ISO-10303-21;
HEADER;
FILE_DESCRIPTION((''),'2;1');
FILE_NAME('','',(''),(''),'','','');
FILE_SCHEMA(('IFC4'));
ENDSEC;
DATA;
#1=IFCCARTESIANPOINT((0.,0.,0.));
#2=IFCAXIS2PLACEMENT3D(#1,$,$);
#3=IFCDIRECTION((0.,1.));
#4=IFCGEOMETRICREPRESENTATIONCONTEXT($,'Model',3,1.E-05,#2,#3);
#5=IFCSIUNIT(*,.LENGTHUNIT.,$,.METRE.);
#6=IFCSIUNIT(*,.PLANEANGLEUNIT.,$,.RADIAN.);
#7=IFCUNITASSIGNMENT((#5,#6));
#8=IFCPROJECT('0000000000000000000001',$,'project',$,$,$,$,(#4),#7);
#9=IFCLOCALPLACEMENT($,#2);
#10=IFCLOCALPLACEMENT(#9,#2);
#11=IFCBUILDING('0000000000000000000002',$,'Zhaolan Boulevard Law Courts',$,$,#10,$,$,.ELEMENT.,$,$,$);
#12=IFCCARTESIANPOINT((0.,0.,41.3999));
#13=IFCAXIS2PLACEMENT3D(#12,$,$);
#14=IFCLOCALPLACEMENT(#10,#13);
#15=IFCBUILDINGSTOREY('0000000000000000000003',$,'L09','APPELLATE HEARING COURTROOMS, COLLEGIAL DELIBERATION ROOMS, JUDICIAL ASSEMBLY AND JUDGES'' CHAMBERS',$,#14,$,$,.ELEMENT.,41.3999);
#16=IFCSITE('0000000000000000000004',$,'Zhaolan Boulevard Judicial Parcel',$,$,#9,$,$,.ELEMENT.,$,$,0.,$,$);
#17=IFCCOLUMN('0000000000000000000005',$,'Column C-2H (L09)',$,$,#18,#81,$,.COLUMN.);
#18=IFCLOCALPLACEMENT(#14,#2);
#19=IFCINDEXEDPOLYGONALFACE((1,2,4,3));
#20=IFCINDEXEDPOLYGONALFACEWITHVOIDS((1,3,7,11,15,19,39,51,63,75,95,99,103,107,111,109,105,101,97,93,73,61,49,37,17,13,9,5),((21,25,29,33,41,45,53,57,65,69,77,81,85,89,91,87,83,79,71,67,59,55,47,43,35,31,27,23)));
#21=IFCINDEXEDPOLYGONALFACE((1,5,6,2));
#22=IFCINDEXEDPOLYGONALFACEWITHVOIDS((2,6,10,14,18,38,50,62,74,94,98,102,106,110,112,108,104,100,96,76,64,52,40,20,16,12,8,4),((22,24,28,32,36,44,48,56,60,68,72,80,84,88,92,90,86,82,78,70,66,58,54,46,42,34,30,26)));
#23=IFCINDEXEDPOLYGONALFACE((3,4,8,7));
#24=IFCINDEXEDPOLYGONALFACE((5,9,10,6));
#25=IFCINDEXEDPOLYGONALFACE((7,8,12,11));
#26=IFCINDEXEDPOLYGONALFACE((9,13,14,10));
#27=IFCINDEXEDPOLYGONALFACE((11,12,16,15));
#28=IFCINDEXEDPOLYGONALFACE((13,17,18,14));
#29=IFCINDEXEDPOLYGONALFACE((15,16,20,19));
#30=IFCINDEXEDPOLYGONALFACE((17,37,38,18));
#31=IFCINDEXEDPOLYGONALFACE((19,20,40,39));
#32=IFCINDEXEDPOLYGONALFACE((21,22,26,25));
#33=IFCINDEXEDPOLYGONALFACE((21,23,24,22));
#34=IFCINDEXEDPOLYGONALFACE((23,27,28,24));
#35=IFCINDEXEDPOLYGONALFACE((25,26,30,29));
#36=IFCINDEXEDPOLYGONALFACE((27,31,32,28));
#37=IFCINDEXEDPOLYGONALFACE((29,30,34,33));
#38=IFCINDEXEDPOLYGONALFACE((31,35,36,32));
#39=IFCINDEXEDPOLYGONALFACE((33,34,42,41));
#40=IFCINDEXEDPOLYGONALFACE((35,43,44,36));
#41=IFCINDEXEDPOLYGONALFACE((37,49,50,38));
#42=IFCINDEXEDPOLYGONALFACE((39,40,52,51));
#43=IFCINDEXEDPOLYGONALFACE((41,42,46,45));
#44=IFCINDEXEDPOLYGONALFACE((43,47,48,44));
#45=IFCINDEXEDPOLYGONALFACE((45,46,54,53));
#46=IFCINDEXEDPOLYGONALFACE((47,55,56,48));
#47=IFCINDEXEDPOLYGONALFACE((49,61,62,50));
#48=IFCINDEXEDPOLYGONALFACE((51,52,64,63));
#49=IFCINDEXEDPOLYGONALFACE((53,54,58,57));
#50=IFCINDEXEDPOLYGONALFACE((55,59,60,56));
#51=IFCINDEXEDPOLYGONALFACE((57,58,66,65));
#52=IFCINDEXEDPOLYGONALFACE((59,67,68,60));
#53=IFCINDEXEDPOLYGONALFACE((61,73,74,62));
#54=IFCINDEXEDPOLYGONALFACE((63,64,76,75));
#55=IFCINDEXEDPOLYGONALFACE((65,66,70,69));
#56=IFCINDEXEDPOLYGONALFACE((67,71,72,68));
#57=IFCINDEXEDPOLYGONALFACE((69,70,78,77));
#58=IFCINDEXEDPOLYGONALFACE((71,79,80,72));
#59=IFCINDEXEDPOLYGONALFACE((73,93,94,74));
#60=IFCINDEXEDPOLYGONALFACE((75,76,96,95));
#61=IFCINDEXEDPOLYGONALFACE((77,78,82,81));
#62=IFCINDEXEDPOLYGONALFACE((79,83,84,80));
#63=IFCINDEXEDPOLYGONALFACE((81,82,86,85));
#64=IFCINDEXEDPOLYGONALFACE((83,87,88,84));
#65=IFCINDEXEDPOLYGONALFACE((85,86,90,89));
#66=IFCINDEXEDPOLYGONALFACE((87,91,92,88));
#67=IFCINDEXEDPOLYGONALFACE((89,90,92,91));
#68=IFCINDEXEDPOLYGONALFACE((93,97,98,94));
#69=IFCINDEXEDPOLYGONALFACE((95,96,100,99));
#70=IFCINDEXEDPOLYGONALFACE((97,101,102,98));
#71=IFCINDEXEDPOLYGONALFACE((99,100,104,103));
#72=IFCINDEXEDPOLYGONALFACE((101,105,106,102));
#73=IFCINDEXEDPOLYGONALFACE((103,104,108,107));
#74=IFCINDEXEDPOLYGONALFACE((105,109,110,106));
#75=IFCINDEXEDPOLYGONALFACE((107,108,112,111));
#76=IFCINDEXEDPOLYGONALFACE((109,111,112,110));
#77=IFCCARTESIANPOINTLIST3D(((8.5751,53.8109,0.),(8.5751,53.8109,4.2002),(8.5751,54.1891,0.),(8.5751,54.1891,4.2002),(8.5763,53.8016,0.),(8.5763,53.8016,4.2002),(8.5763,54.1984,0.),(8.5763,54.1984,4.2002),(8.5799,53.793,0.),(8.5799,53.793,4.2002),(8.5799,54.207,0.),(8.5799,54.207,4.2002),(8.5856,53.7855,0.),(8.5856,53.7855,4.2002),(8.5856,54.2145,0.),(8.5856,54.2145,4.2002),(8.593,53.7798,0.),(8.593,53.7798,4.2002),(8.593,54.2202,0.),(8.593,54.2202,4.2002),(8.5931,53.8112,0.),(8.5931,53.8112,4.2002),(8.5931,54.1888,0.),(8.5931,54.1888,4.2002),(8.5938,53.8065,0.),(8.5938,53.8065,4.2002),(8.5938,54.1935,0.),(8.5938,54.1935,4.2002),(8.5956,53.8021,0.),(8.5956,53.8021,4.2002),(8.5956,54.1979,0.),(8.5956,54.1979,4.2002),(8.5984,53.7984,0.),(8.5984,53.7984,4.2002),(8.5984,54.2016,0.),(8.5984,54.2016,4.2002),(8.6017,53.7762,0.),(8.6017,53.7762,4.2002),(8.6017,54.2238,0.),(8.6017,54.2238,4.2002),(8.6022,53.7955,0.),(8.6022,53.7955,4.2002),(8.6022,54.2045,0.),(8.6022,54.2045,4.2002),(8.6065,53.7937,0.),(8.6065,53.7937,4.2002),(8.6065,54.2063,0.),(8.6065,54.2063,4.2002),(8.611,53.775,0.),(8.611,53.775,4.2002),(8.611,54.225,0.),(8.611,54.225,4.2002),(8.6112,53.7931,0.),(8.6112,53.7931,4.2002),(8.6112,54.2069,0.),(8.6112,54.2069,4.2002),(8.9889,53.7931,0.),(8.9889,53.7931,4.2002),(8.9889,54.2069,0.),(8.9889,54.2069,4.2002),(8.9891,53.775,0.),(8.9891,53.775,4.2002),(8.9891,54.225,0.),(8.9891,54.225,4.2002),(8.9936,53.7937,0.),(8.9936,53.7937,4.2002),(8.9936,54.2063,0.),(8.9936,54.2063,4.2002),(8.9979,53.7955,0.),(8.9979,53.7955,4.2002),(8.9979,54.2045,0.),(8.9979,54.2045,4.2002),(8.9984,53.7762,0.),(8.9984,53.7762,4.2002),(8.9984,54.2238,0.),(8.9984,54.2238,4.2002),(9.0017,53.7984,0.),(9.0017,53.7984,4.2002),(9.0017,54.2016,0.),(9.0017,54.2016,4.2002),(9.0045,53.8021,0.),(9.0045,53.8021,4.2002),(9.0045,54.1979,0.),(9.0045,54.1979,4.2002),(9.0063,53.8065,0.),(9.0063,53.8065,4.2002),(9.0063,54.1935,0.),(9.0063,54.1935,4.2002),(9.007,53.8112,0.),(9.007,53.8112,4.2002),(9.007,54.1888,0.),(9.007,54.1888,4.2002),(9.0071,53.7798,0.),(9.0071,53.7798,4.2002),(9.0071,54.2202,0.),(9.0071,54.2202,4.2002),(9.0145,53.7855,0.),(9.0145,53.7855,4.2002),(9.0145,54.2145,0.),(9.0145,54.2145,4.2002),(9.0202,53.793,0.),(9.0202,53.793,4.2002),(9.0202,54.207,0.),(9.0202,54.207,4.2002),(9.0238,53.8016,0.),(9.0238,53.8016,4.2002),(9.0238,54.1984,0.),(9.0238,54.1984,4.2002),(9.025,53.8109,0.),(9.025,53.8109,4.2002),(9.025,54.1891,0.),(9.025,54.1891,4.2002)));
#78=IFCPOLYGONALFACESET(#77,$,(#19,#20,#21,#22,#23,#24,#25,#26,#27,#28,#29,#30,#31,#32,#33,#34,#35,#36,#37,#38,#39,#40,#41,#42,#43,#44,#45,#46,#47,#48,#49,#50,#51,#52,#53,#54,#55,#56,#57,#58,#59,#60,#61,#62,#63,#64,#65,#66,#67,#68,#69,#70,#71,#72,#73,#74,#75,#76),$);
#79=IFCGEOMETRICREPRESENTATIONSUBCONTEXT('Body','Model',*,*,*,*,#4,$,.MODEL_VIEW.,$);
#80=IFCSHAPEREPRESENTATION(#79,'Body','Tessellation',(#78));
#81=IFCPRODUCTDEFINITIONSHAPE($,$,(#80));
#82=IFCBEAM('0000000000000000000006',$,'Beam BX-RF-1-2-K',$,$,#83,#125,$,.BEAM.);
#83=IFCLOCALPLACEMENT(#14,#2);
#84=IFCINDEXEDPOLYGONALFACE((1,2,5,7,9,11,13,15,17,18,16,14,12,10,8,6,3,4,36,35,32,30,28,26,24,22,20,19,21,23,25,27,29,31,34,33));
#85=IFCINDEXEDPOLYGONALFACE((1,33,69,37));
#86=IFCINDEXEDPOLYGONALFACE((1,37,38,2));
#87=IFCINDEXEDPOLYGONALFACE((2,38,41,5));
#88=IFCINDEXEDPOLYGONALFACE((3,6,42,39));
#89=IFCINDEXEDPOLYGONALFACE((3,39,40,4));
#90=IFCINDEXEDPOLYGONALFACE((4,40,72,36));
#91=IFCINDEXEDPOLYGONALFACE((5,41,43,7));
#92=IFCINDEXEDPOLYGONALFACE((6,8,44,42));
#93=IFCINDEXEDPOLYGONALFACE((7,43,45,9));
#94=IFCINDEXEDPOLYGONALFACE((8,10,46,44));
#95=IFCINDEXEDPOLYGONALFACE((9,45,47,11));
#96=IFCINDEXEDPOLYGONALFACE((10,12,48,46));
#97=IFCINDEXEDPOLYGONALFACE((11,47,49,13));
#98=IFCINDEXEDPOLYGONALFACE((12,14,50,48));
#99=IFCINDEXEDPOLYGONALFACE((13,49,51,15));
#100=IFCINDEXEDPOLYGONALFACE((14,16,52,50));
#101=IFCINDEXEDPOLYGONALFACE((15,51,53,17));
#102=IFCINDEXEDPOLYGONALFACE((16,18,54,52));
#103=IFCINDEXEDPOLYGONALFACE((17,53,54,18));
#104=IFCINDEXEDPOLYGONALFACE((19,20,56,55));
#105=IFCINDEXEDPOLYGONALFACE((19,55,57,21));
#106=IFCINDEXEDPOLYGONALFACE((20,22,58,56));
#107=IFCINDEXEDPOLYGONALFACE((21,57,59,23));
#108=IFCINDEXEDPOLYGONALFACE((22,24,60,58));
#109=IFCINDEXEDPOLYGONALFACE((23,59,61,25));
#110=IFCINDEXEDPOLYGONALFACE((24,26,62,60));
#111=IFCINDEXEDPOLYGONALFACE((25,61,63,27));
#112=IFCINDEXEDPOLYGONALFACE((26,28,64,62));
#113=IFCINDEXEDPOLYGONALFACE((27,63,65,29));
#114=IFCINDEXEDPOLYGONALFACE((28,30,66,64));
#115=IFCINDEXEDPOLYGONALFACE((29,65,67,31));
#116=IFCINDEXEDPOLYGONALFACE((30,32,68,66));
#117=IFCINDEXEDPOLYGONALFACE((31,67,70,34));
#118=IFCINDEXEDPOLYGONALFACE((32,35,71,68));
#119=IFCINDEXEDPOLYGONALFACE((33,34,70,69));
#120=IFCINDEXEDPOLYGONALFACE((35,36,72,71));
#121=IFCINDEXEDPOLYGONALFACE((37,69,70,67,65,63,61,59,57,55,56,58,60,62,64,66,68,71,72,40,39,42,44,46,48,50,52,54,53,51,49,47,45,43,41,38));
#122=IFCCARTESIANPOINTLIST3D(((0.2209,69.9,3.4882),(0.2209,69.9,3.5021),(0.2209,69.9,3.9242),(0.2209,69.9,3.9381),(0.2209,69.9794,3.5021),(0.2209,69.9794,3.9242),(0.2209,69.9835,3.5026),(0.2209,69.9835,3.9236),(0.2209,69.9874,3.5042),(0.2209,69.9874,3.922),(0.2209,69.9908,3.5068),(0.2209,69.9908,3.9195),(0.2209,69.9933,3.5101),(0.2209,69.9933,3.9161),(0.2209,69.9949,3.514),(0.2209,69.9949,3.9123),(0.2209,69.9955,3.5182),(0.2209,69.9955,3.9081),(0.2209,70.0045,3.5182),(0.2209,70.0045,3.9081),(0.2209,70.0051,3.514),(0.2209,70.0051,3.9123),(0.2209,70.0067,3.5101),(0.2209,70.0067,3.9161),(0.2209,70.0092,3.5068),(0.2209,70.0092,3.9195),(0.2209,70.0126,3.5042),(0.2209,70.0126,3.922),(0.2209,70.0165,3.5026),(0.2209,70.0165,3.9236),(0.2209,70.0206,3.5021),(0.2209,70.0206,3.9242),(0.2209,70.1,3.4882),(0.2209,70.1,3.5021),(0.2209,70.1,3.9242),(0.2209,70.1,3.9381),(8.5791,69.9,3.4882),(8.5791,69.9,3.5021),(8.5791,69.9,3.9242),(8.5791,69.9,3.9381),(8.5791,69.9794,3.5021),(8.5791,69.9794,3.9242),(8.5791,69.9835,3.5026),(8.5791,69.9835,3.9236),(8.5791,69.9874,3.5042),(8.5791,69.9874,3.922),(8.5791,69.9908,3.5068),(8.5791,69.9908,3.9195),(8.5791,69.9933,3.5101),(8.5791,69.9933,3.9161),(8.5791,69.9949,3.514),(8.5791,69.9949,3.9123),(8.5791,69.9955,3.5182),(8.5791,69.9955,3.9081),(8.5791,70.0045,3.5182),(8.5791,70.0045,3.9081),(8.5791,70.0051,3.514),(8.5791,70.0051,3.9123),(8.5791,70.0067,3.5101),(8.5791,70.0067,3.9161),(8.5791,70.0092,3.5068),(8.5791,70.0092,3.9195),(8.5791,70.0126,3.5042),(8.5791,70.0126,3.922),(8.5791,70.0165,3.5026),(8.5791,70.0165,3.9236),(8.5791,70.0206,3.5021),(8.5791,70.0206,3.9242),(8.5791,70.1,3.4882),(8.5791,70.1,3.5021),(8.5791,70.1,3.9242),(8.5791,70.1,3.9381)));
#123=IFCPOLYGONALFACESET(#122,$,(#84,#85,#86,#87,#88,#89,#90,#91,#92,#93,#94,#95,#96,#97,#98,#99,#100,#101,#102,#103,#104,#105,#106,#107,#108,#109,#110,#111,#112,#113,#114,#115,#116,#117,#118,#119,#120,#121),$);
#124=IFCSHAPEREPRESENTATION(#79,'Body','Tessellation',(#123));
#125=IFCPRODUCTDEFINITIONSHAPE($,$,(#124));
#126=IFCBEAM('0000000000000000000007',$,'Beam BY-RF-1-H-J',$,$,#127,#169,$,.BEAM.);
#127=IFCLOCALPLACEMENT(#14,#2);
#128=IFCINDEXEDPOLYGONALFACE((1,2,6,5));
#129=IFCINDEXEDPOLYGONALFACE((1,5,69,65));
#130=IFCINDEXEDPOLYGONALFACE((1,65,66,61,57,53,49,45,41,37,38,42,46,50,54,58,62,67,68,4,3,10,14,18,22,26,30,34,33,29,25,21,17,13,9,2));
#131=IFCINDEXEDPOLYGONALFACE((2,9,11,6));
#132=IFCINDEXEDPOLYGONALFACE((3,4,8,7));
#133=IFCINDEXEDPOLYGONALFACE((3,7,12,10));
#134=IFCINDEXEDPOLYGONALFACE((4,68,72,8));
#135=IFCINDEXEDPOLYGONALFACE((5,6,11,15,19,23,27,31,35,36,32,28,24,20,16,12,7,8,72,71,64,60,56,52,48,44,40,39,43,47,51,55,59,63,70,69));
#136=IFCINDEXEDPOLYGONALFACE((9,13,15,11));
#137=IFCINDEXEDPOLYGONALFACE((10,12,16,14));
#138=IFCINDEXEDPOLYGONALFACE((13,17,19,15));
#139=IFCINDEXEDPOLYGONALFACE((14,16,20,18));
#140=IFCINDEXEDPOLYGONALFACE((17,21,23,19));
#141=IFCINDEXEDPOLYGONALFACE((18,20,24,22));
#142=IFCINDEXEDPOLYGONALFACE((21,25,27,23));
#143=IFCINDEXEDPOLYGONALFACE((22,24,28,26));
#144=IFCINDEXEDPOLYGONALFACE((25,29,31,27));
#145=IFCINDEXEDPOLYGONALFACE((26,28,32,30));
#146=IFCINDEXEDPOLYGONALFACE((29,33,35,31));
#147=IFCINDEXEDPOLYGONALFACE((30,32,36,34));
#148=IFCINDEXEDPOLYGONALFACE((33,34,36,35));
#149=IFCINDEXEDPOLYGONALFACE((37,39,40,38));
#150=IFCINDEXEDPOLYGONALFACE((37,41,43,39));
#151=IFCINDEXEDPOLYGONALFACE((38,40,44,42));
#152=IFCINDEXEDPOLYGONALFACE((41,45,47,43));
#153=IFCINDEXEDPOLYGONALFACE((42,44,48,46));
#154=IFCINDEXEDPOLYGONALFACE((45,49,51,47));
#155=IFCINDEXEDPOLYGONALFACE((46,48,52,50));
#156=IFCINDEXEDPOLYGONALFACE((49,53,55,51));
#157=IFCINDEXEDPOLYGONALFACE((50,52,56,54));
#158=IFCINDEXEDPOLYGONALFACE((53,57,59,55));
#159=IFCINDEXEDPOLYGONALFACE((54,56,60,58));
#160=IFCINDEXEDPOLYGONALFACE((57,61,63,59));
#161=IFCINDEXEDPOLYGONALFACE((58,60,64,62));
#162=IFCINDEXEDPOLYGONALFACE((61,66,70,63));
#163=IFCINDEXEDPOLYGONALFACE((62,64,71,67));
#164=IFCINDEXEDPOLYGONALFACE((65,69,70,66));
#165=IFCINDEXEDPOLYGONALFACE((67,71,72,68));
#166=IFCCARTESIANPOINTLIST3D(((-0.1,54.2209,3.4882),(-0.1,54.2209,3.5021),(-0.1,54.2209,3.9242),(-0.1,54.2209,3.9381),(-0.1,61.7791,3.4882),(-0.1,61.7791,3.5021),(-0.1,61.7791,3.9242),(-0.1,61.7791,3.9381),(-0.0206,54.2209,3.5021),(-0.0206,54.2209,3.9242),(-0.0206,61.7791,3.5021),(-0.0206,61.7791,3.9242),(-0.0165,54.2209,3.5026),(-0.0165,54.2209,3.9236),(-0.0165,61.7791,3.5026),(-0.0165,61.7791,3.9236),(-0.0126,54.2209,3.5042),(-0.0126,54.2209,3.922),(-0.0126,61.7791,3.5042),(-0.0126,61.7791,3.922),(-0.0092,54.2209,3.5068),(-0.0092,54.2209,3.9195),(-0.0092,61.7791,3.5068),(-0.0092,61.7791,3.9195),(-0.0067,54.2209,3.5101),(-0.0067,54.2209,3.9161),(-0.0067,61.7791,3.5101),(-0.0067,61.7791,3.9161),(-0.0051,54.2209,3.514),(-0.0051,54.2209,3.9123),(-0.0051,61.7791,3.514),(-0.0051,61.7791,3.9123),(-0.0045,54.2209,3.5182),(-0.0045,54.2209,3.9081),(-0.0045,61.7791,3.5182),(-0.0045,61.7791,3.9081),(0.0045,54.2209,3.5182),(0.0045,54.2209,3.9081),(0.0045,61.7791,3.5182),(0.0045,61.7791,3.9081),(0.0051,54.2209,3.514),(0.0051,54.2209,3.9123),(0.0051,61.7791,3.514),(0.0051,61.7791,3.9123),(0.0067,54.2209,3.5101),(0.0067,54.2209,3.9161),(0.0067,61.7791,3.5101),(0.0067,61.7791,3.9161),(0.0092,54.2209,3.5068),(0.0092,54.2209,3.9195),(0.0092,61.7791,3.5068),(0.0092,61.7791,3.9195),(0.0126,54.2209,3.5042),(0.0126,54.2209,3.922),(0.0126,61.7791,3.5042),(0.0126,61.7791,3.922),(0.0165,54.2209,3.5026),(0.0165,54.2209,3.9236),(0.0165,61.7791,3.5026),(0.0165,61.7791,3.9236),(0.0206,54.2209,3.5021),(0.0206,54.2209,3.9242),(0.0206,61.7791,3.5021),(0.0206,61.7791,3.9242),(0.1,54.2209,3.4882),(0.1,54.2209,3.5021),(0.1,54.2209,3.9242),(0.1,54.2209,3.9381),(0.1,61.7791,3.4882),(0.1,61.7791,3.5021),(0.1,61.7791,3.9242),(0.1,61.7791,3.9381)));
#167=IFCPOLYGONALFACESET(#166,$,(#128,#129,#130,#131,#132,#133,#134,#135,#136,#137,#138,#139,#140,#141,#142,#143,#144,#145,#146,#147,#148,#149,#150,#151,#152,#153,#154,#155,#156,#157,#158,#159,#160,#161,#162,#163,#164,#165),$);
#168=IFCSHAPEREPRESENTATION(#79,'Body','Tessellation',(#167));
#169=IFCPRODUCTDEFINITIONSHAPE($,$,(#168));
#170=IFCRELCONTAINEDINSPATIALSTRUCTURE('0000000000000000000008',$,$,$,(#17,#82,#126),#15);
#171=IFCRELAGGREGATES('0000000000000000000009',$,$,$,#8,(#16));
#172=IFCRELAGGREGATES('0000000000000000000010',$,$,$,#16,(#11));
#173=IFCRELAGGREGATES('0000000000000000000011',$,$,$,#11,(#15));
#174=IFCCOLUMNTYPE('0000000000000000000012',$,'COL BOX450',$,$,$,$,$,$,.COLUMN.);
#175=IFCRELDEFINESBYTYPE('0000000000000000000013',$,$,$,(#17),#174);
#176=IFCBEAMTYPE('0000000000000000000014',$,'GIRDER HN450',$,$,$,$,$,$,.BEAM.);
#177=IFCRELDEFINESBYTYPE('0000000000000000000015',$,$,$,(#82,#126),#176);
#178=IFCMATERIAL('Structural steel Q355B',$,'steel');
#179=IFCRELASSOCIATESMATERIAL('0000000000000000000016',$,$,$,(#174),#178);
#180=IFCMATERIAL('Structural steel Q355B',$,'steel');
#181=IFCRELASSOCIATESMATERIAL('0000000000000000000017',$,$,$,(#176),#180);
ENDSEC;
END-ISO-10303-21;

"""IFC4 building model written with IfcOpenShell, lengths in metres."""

from ifc_helpers import new_model, si_unit, direction, frame, origin, origin_2d, place, context, subcontext, project, spatial, hollow_rectangle, i_section, extrude, material, material_profile, profile_set, type_object, element, save


model = new_model("IFC4")

# Units and contexts
model_context = context("Model", 3, precision=1e-05, world=origin(), true_north=direction((0.0, 1.0)))
body_context = subcontext(model_context, "Body", "Model", "MODEL_VIEW")
ifc_project = project(units=[si_unit("LENGTHUNIT", "METRE"), si_unit("PLANEANGLEUNIT", "RADIAN")], contexts=[model_context])

# Site, building, storey
site_placement = place(None, origin())
site = spatial("IfcSite", under=ifc_project, at=site_placement, Name="Zhaolan Boulevard Judicial Parcel", CompositionType="ELEMENT", RefElevation=0.0)
building_placement = place(site_placement, origin())
building = spatial("IfcBuilding", under=site, at=building_placement, Name="Zhaolan Boulevard Law Courts", CompositionType="ELEMENT")
storey_placement = place(building_placement, frame((0.0, 0.0, 41.3999)))
storey = spatial("IfcBuildingStorey", under=building, at=storey_placement, Name="L09", Description="APPELLATE HEARING COURTROOMS, COLLEGIAL DELIBERATION ROOMS, JUDICIAL ASSEMBLY AND JUDGES' CHAMBERS", CompositionType="ELEMENT", Elevation=41.3999)

# Column
ifc_material_1 = material(Name="Structural steel Q355B", Category="steel")
ifc_material_profile_1 = material_profile(ifc_material_1, hollow_rectangle(XDim=0.45, YDim=0.45, WallThickness=0.0181, InnerFilletRadius=0.0181, OuterFilletRadius=0.0359, at=origin_2d()), Name="BOX450x450x18")
ifc_profile_set_1 = profile_set([ifc_material_profile_1], Name="Structural steel Q355B")
column_type = type_object("IfcColumnType", Name="COL BOX450", PredefinedType="COLUMN", material=ifc_profile_set_1)
for number, where, z_axis, x_axis, name in (
    (1, (8.8, 54.0, 0.0), (0.0, 0.0, 1.0), (1.0, 0.0, 0.0), "Column C-2H (L09)"),
):
    element("IfcColumn", number, at=place(storey_placement, frame(where, z_axis=z_axis, x_axis=x_axis)), inside=storey, type_object=column_type, Name=name, PredefinedType="COLUMN", context=body_context, shape_type="SweptSolid", body=[
        extrude(hollow_rectangle(XDim=0.45, YDim=0.45, WallThickness=0.0181, InnerFilletRadius=0.0181, OuterFilletRadius=0.0359, at=origin_2d()), origin(), (0.0, 0.0, 1.0), 4.2002),
    ])

# Beams
ifc_material_2 = material(Name="Structural steel Q355B", Category="steel")
ifc_material_profile_2 = material_profile(ifc_material_2, i_section(OverallWidth=0.2, OverallDepth=0.45, WebThickness=0.009, FlangeThickness=0.0139, FilletRadius=0.0161, at=origin_2d()), Name="HN450x200")
ifc_profile_set_2 = profile_set([ifc_material_profile_2], Name="Structural steel Q355B")
beam_type = type_object("IfcBeamType", Name="GIRDER HN450", PredefinedType="BEAM", material=ifc_profile_set_2)
beam_placement = place(storey_placement, frame((0.2209, 70.0, 3.7131), z_axis=(1.0, 0.0, 0.0), x_axis=(0.0, 1.0, 0.0)))
element("IfcBeam", 2, at=beam_placement, inside=storey, type_object=beam_type, Name="Beam BX-RF-1-2-K", PredefinedType="BEAM", context=body_context, shape_type="SweptSolid", body=[
    extrude(i_section(OverallWidth=0.2, OverallDepth=0.45, WebThickness=0.009, FlangeThickness=0.0139, FilletRadius=0.0161, at=origin_2d()), origin(), (0.0, 0.0, 1.0), 8.3582),
])
for number, where, z_axis, x_axis, name in (
    (3, (0.0, 54.2209, 3.7131), (0.0, 1.0, 0.0), (-1.0, 0.0, 0.0), "Beam BY-RF-1-H-J"),
):
    element("IfcBeam", number, at=place(storey_placement, frame(where, z_axis=z_axis, x_axis=x_axis)), inside=storey, type_object=beam_type, Name=name, PredefinedType="BEAM", context=body_context, shape_type="SweptSolid", body=[
        extrude(i_section(OverallWidth=0.2, OverallDepth=0.45, WebThickness=0.009, FlangeThickness=0.0139, FilletRadius=0.0161, at=origin_2d()), origin(), (0.0, 0.0, 1.0), 7.5581),
    ])

save(model, "model.ifc")
